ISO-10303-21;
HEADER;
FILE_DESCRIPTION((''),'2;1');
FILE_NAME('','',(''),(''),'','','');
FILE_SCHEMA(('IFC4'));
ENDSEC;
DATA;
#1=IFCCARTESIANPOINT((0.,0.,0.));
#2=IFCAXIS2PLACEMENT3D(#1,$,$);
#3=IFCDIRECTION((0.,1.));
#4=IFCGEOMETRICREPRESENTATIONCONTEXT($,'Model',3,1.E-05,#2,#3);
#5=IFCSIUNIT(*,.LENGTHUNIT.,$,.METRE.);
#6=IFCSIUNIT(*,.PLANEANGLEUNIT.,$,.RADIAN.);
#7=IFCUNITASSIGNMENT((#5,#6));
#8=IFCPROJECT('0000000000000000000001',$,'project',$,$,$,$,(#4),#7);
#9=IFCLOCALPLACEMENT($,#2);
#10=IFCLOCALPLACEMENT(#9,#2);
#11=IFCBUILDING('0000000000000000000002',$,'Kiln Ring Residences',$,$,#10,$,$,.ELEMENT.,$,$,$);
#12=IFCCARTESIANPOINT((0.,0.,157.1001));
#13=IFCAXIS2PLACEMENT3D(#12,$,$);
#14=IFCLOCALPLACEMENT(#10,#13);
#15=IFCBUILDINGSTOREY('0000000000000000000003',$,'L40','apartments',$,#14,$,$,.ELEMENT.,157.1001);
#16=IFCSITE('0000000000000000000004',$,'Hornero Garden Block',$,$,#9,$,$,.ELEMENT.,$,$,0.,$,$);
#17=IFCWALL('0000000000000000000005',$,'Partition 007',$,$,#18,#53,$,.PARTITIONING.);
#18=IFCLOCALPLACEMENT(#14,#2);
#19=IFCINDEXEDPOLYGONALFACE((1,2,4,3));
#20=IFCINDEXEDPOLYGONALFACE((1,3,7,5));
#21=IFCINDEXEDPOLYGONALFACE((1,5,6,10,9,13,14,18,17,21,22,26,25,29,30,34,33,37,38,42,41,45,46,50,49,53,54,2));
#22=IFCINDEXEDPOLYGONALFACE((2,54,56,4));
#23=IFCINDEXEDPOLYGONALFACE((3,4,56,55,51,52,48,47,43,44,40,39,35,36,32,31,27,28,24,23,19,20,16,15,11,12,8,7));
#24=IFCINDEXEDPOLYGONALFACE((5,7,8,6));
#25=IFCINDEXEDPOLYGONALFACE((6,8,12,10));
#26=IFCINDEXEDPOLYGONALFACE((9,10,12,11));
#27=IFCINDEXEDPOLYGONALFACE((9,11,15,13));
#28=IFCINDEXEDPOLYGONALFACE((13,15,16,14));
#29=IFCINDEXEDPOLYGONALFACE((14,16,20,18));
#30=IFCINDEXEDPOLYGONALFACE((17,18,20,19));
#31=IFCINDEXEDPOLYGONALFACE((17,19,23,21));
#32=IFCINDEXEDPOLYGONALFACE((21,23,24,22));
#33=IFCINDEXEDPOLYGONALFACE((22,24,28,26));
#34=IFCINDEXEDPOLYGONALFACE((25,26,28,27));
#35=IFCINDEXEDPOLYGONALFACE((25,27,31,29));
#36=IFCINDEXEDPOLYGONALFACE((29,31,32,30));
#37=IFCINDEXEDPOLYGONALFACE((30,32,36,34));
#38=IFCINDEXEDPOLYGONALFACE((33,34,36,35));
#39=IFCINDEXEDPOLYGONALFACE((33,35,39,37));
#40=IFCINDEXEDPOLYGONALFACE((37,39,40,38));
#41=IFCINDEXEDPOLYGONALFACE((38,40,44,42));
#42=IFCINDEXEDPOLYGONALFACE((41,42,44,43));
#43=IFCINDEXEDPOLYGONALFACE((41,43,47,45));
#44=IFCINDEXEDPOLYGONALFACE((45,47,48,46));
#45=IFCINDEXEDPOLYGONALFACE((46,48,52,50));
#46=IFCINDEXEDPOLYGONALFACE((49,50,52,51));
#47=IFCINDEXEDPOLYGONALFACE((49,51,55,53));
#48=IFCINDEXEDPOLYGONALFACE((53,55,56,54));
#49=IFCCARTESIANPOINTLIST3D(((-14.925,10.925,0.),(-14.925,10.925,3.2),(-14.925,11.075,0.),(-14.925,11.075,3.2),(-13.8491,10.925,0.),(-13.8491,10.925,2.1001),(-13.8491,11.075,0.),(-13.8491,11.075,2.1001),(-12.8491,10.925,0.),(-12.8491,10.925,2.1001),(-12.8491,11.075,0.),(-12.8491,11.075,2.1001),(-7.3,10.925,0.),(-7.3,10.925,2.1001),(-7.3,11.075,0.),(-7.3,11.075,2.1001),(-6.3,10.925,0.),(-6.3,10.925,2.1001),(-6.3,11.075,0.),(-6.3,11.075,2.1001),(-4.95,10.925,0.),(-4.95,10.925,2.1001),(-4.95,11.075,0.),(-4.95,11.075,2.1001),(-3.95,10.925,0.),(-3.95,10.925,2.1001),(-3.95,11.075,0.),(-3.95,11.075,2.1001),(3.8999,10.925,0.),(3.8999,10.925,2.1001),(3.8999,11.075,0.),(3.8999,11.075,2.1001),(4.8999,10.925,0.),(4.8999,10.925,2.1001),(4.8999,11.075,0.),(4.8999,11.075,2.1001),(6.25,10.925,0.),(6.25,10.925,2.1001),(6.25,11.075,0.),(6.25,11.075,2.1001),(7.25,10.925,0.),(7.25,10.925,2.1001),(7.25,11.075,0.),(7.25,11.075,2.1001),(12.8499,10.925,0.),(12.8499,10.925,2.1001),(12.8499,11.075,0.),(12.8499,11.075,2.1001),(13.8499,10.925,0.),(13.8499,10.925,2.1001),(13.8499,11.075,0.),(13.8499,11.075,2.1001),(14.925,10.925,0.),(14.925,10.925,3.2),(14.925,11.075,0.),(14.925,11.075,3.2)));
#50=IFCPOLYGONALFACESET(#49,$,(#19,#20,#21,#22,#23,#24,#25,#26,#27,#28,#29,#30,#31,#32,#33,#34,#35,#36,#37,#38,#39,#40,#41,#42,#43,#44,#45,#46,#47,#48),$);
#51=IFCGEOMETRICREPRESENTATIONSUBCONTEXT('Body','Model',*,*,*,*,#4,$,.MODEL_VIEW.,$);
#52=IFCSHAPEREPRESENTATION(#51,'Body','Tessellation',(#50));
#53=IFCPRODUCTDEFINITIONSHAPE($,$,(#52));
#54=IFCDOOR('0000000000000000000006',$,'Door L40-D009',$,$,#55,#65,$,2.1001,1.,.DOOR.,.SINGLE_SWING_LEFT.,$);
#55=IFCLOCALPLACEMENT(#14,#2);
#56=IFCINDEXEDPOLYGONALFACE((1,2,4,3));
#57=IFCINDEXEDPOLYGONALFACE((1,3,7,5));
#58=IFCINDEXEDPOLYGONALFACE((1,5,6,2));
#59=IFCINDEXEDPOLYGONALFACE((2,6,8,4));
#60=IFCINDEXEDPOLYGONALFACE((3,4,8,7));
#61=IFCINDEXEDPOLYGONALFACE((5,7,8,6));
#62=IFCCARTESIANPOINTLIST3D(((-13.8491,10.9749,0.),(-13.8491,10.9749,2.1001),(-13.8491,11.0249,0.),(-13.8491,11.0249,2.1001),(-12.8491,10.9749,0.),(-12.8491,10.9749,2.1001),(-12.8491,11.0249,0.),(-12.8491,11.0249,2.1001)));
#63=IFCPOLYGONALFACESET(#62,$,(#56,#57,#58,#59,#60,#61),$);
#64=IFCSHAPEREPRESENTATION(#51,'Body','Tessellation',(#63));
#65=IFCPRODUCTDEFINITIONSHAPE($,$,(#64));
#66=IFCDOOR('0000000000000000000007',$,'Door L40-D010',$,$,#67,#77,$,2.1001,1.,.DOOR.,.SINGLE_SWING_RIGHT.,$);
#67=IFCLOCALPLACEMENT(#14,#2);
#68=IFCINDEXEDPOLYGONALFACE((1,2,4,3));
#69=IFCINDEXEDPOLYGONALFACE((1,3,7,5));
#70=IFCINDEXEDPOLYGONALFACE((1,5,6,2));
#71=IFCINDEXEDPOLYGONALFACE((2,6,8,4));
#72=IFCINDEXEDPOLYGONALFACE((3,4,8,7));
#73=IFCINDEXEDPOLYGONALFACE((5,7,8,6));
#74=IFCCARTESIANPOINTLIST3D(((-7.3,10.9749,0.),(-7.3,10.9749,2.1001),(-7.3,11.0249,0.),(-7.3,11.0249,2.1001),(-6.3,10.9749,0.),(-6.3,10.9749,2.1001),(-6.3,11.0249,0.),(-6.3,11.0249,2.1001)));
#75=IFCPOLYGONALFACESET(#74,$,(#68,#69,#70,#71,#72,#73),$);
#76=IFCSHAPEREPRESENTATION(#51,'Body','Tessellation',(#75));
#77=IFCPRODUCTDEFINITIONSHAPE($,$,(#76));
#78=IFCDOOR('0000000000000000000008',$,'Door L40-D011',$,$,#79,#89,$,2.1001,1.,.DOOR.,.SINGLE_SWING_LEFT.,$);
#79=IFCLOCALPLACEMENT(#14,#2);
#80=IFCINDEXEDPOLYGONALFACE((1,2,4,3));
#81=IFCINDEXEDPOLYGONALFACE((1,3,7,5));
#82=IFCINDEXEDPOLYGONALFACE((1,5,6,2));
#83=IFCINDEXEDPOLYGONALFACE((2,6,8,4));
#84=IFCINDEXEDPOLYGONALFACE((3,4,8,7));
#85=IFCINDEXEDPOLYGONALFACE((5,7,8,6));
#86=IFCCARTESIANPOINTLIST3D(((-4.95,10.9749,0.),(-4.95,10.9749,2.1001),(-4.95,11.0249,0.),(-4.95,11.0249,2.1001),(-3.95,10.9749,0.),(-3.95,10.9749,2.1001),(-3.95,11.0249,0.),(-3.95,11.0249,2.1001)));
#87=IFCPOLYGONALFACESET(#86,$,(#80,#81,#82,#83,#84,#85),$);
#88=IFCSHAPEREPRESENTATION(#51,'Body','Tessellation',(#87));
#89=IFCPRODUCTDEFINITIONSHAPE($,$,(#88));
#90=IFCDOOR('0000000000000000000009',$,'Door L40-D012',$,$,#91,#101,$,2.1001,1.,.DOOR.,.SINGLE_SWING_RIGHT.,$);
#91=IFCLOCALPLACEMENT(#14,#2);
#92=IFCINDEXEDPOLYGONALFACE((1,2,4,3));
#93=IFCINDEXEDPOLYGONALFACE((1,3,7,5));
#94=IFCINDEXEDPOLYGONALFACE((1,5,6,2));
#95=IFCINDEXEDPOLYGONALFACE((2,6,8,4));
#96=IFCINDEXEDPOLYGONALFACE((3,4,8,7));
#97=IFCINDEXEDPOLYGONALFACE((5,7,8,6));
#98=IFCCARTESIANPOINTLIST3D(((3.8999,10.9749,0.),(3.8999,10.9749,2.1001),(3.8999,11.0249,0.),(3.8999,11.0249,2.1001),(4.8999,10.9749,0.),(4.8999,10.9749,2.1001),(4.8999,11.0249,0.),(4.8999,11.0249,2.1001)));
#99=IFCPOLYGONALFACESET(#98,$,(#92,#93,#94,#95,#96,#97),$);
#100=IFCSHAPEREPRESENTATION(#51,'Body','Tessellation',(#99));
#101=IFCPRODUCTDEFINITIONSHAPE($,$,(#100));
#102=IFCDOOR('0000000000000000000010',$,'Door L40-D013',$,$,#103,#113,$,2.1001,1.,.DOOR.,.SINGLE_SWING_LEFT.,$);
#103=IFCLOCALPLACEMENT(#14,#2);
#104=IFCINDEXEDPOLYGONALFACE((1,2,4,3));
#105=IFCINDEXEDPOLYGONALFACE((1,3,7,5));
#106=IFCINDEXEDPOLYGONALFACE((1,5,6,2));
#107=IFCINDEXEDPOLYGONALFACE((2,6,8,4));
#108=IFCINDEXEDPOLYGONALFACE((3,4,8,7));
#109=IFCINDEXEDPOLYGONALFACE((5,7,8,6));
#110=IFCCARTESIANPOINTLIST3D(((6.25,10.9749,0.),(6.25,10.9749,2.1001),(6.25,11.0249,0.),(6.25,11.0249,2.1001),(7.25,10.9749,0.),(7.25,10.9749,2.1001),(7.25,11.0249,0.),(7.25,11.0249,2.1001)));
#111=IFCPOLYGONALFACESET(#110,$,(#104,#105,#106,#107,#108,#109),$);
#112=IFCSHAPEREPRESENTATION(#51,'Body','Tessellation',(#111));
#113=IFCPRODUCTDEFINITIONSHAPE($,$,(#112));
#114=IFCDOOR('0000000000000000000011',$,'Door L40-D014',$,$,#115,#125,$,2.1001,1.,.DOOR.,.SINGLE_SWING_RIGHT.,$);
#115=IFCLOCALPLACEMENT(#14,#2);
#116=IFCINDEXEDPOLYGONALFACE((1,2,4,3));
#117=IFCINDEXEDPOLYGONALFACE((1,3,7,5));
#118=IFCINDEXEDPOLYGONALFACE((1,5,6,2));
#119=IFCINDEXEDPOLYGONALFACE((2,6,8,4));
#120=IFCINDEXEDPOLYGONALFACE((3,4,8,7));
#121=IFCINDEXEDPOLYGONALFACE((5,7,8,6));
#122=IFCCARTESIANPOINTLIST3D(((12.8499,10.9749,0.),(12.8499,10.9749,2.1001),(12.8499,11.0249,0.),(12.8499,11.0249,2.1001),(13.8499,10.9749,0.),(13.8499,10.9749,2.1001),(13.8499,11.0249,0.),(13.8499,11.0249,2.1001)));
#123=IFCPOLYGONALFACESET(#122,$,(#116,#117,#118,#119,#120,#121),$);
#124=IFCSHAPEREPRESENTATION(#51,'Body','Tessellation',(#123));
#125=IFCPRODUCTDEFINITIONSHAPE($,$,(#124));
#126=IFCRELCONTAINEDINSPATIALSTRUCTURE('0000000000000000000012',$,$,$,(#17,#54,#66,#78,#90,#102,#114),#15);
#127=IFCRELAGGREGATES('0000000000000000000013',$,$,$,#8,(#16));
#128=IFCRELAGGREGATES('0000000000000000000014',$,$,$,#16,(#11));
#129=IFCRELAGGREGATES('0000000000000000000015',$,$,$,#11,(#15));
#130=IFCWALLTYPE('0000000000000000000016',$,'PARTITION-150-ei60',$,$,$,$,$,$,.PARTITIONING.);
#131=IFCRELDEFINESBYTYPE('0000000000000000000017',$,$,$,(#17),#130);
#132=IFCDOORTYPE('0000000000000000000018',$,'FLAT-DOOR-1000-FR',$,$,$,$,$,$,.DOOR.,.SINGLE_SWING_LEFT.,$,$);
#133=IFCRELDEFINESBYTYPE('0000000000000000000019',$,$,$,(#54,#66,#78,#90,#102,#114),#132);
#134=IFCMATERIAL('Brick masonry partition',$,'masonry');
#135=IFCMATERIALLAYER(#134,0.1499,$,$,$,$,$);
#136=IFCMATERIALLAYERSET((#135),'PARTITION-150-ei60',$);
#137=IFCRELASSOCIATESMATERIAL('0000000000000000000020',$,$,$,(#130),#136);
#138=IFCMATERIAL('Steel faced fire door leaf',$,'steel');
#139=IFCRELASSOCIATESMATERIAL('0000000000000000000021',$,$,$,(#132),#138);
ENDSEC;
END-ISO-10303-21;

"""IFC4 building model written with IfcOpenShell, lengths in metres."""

from ifc_helpers import new_model, si_unit, direction, frame, frame_2d, origin, place, context, subcontext, project, spatial, rectangle, extrude, material, layer, layer_set, type_object, element, fill, save


model = new_model("IFC4")

# Units and contexts
model_context = context("Model", 3, precision=1e-05, world=origin(), true_north=direction((0.0, 1.0)))
body_context = subcontext(model_context, "Body", "Model", "MODEL_VIEW")
ifc_project = project(units=[si_unit("LENGTHUNIT", "METRE"), si_unit("PLANEANGLEUNIT", "RADIAN")], contexts=[model_context])

# Site, building, storey
site_placement = place(None, origin())
site = spatial("IfcSite", under=ifc_project, at=site_placement, Name="Hornero Garden Block", CompositionType="ELEMENT", RefElevation=0.0)
building_placement = place(site_placement, origin())
building = spatial("IfcBuilding", under=site, at=building_placement, Name="Kiln Ring Residences", CompositionType="ELEMENT")
storey_placement = place(building_placement, frame((0.0, 0.0, 157.1001)))
storey = spatial("IfcBuildingStorey", under=building, at=storey_placement, Name="L40", Description="apartments", CompositionType="ELEMENT", Elevation=157.1001)

# Wall, openings, doors
ifc_material_1 = material(Name="Brick masonry partition", Category="masonry")
ifc_layer_1 = layer(ifc_material_1, 0.1499)
ifc_layer_set_1 = layer_set([ifc_layer_1], Name="PARTITION-150-ei60")
wall_type = type_object("IfcWallType", Name="PARTITION-150-ei60", PredefinedType="PARTITIONING", material=ifc_layer_set_1)
wall_1_placement = place(storey_placement, frame((-14.925, 11.0, 0.0), z_axis=(0.0, 0.0, 1.0), x_axis=(1.0, 0.0, 0.0)))
wall_1 = element("IfcWall", 1, at=wall_1_placement, inside=storey, type_object=wall_type, Name="Partition 007", PredefinedType="PARTITIONING", context=body_context, shape_type="SweptSolid", body=[
    extrude(rectangle(XDim=29.8501, YDim=0.1499, at=frame_2d((14.925, 0.0))), origin(), (0.0, 0.0, 1.0), 3.2),
])
opening_1_placement = place(wall_1_placement, frame((1.0759, 0.0, 0.0)))
opening_1 = element("IfcOpeningElement", 2, at=opening_1_placement, cuts=wall_1, PredefinedType="OPENING", context=body_context, shape_type="SweptSolid", body=[
    extrude(rectangle(XDim=1.0, YDim=2.1001, at=frame_2d((0.5, 1.05))), frame((0.0, 0.085, 0.0), z_axis=(0.0, -1.0, 0.0), x_axis=(1.0, 0.0, 0.0)), (0.0, 0.0, 1.0), 0.1699),
])
opening_2_placement = place(wall_1_placement, frame((7.625, 0.0, 0.0)))
opening_2 = element("IfcOpeningElement", 3, at=opening_2_placement, cuts=wall_1, PredefinedType="OPENING", context=body_context, shape_type="SweptSolid", body=[
    extrude(rectangle(XDim=1.0, YDim=2.1001, at=frame_2d((0.5, 1.05))), frame((0.0, 0.085, 0.0), z_axis=(0.0, -1.0, 0.0), x_axis=(1.0, 0.0, 0.0)), (0.0, 0.0, 1.0), 0.1699),
])
opening_3_placement = place(wall_1_placement, frame((9.9751, 0.0, 0.0)))
opening_3 = element("IfcOpeningElement", 4, at=opening_3_placement, cuts=wall_1, PredefinedType="OPENING", context=body_context, shape_type="SweptSolid", body=[
    extrude(rectangle(XDim=1.0, YDim=2.1001, at=frame_2d((0.5, 1.05))), frame((0.0, 0.085, 0.0), z_axis=(0.0, -1.0, 0.0), x_axis=(1.0, 0.0, 0.0)), (0.0, 0.0, 1.0), 0.1699),
])
opening_4_placement = place(wall_1_placement, frame((18.825, 0.0, 0.0)))
opening_4 = element("IfcOpeningElement", 5, at=opening_4_placement, cuts=wall_1, PredefinedType="OPENING", context=body_context, shape_type="SweptSolid", body=[
    extrude(rectangle(XDim=1.0, YDim=2.1001, at=frame_2d((0.5, 1.05))), frame((0.0, 0.085, 0.0), z_axis=(0.0, -1.0, 0.0), x_axis=(1.0, 0.0, 0.0)), (0.0, 0.0, 1.0), 0.1699),
])
opening_5_placement = place(wall_1_placement, frame((21.175, 0.0, 0.0)))
opening_5 = element("IfcOpeningElement", 6, at=opening_5_placement, cuts=wall_1, PredefinedType="OPENING", context=body_context, shape_type="SweptSolid", body=[
    extrude(rectangle(XDim=1.0, YDim=2.1001, at=frame_2d((0.5, 1.05))), frame((0.0, 0.085, 0.0), z_axis=(0.0, -1.0, 0.0), x_axis=(1.0, 0.0, 0.0)), (0.0, 0.0, 1.0), 0.1699),
])
opening_6_placement = place(wall_1_placement, frame((27.7749, 0.0, 0.0)))
opening_6 = element("IfcOpeningElement", 7, at=opening_6_placement, cuts=wall_1, PredefinedType="OPENING", context=body_context, shape_type="SweptSolid", body=[
    extrude(rectangle(XDim=1.0, YDim=2.1001, at=frame_2d((0.5, 1.05))), frame((0.0, 0.085, 0.0), z_axis=(0.0, -1.0, 0.0), x_axis=(1.0, 0.0, 0.0)), (0.0, 0.0, 1.0), 0.1699),
])
ifc_material_2 = material(Name="Steel faced fire door leaf", Category="steel")
door_type = type_object("IfcDoorType", Name="FLAT-DOOR-1000-FR", OperationType="SINGLE_SWING_LEFT", PredefinedType="DOOR", material=ifc_material_2)
door_1_placement = place(opening_1_placement, origin())
door_1 = element("IfcDoor", 8, at=door_1_placement, inside=storey, type_object=door_type, Name="Door L40-D009", OperationType="SINGLE_SWING_LEFT", OverallHeight=2.1001, OverallWidth=1.0, PredefinedType="DOOR", context=body_context, shape_type="SweptSolid", body=[
    extrude(rectangle(XDim=1.0, YDim=2.1001, at=frame_2d((0.5, 1.05))), frame((0.0, 0.0249, 0.0), z_axis=(0.0, -1.0, 0.0), x_axis=(1.0, 0.0, 0.0)), (0.0, 0.0, 1.0), 0.05),
])
fill(opening_1, door_1)
door_2_placement = place(opening_2_placement, origin())
door_2 = element("IfcDoor", 9, at=door_2_placement, inside=storey, type_object=door_type, Name="Door L40-D010", OperationType="SINGLE_SWING_RIGHT", OverallHeight=2.1001, OverallWidth=1.0, PredefinedType="DOOR", context=body_context, shape_type="SweptSolid", body=[
    extrude(rectangle(XDim=1.0, YDim=2.1001, at=frame_2d((0.5, 1.05))), frame((0.0, 0.0249, 0.0), z_axis=(0.0, -1.0, 0.0), x_axis=(1.0, 0.0, 0.0)), (0.0, 0.0, 1.0), 0.05),
])
fill(opening_2, door_2)
door_3_placement = place(opening_3_placement, origin())
door_3 = element("IfcDoor", 10, at=door_3_placement, inside=storey, type_object=door_type, Name="Door L40-D011", OperationType="SINGLE_SWING_LEFT", OverallHeight=2.1001, OverallWidth=1.0, PredefinedType="DOOR", context=body_context, shape_type="SweptSolid", body=[
    extrude(rectangle(XDim=1.0, YDim=2.1001, at=frame_2d((0.5, 1.05))), frame((0.0, 0.0249, 0.0), z_axis=(0.0, -1.0, 0.0), x_axis=(1.0, 0.0, 0.0)), (0.0, 0.0, 1.0), 0.05),
])
fill(opening_3, door_3)
door_4_placement = place(opening_4_placement, origin())
door_4 = element("IfcDoor", 11, at=door_4_placement, inside=storey, type_object=door_type, Name="Door L40-D012", OperationType="SINGLE_SWING_RIGHT", OverallHeight=2.1001, OverallWidth=1.0, PredefinedType="DOOR", context=body_context, shape_type="SweptSolid", body=[
    extrude(rectangle(XDim=1.0, YDim=2.1001, at=frame_2d((0.5, 1.05))), frame((0.0, 0.0249, 0.0), z_axis=(0.0, -1.0, 0.0), x_axis=(1.0, 0.0, 0.0)), (0.0, 0.0, 1.0), 0.05),
])
fill(opening_4, door_4)
door_5_placement = place(opening_5_placement, origin())
door_5 = element("IfcDoor", 12, at=door_5_placement, inside=storey, type_object=door_type, Name="Door L40-D013", OperationType="SINGLE_SWING_LEFT", OverallHeight=2.1001, OverallWidth=1.0, PredefinedType="DOOR", context=body_context, shape_type="SweptSolid", body=[
    extrude(rectangle(XDim=1.0, YDim=2.1001, at=frame_2d((0.5, 1.05))), frame((0.0, 0.0249, 0.0), z_axis=(0.0, -1.0, 0.0), x_axis=(1.0, 0.0, 0.0)), (0.0, 0.0, 1.0), 0.05),
])
fill(opening_5, door_5)
door_6_placement = place(opening_6_placement, origin())
door_6 = element("IfcDoor", 13, at=door_6_placement, inside=storey, type_object=door_type, Name="Door L40-D014", OperationType="SINGLE_SWING_RIGHT", OverallHeight=2.1001, OverallWidth=1.0, PredefinedType="DOOR", context=body_context, shape_type="SweptSolid", body=[
    extrude(rectangle(XDim=1.0, YDim=2.1001, at=frame_2d((0.5, 1.05))), frame((0.0, 0.0249, 0.0), z_axis=(0.0, -1.0, 0.0), x_axis=(1.0, 0.0, 0.0)), (0.0, 0.0, 1.0), 0.05),
])
fill(opening_6, door_6)

save(model, "model.ifc")
